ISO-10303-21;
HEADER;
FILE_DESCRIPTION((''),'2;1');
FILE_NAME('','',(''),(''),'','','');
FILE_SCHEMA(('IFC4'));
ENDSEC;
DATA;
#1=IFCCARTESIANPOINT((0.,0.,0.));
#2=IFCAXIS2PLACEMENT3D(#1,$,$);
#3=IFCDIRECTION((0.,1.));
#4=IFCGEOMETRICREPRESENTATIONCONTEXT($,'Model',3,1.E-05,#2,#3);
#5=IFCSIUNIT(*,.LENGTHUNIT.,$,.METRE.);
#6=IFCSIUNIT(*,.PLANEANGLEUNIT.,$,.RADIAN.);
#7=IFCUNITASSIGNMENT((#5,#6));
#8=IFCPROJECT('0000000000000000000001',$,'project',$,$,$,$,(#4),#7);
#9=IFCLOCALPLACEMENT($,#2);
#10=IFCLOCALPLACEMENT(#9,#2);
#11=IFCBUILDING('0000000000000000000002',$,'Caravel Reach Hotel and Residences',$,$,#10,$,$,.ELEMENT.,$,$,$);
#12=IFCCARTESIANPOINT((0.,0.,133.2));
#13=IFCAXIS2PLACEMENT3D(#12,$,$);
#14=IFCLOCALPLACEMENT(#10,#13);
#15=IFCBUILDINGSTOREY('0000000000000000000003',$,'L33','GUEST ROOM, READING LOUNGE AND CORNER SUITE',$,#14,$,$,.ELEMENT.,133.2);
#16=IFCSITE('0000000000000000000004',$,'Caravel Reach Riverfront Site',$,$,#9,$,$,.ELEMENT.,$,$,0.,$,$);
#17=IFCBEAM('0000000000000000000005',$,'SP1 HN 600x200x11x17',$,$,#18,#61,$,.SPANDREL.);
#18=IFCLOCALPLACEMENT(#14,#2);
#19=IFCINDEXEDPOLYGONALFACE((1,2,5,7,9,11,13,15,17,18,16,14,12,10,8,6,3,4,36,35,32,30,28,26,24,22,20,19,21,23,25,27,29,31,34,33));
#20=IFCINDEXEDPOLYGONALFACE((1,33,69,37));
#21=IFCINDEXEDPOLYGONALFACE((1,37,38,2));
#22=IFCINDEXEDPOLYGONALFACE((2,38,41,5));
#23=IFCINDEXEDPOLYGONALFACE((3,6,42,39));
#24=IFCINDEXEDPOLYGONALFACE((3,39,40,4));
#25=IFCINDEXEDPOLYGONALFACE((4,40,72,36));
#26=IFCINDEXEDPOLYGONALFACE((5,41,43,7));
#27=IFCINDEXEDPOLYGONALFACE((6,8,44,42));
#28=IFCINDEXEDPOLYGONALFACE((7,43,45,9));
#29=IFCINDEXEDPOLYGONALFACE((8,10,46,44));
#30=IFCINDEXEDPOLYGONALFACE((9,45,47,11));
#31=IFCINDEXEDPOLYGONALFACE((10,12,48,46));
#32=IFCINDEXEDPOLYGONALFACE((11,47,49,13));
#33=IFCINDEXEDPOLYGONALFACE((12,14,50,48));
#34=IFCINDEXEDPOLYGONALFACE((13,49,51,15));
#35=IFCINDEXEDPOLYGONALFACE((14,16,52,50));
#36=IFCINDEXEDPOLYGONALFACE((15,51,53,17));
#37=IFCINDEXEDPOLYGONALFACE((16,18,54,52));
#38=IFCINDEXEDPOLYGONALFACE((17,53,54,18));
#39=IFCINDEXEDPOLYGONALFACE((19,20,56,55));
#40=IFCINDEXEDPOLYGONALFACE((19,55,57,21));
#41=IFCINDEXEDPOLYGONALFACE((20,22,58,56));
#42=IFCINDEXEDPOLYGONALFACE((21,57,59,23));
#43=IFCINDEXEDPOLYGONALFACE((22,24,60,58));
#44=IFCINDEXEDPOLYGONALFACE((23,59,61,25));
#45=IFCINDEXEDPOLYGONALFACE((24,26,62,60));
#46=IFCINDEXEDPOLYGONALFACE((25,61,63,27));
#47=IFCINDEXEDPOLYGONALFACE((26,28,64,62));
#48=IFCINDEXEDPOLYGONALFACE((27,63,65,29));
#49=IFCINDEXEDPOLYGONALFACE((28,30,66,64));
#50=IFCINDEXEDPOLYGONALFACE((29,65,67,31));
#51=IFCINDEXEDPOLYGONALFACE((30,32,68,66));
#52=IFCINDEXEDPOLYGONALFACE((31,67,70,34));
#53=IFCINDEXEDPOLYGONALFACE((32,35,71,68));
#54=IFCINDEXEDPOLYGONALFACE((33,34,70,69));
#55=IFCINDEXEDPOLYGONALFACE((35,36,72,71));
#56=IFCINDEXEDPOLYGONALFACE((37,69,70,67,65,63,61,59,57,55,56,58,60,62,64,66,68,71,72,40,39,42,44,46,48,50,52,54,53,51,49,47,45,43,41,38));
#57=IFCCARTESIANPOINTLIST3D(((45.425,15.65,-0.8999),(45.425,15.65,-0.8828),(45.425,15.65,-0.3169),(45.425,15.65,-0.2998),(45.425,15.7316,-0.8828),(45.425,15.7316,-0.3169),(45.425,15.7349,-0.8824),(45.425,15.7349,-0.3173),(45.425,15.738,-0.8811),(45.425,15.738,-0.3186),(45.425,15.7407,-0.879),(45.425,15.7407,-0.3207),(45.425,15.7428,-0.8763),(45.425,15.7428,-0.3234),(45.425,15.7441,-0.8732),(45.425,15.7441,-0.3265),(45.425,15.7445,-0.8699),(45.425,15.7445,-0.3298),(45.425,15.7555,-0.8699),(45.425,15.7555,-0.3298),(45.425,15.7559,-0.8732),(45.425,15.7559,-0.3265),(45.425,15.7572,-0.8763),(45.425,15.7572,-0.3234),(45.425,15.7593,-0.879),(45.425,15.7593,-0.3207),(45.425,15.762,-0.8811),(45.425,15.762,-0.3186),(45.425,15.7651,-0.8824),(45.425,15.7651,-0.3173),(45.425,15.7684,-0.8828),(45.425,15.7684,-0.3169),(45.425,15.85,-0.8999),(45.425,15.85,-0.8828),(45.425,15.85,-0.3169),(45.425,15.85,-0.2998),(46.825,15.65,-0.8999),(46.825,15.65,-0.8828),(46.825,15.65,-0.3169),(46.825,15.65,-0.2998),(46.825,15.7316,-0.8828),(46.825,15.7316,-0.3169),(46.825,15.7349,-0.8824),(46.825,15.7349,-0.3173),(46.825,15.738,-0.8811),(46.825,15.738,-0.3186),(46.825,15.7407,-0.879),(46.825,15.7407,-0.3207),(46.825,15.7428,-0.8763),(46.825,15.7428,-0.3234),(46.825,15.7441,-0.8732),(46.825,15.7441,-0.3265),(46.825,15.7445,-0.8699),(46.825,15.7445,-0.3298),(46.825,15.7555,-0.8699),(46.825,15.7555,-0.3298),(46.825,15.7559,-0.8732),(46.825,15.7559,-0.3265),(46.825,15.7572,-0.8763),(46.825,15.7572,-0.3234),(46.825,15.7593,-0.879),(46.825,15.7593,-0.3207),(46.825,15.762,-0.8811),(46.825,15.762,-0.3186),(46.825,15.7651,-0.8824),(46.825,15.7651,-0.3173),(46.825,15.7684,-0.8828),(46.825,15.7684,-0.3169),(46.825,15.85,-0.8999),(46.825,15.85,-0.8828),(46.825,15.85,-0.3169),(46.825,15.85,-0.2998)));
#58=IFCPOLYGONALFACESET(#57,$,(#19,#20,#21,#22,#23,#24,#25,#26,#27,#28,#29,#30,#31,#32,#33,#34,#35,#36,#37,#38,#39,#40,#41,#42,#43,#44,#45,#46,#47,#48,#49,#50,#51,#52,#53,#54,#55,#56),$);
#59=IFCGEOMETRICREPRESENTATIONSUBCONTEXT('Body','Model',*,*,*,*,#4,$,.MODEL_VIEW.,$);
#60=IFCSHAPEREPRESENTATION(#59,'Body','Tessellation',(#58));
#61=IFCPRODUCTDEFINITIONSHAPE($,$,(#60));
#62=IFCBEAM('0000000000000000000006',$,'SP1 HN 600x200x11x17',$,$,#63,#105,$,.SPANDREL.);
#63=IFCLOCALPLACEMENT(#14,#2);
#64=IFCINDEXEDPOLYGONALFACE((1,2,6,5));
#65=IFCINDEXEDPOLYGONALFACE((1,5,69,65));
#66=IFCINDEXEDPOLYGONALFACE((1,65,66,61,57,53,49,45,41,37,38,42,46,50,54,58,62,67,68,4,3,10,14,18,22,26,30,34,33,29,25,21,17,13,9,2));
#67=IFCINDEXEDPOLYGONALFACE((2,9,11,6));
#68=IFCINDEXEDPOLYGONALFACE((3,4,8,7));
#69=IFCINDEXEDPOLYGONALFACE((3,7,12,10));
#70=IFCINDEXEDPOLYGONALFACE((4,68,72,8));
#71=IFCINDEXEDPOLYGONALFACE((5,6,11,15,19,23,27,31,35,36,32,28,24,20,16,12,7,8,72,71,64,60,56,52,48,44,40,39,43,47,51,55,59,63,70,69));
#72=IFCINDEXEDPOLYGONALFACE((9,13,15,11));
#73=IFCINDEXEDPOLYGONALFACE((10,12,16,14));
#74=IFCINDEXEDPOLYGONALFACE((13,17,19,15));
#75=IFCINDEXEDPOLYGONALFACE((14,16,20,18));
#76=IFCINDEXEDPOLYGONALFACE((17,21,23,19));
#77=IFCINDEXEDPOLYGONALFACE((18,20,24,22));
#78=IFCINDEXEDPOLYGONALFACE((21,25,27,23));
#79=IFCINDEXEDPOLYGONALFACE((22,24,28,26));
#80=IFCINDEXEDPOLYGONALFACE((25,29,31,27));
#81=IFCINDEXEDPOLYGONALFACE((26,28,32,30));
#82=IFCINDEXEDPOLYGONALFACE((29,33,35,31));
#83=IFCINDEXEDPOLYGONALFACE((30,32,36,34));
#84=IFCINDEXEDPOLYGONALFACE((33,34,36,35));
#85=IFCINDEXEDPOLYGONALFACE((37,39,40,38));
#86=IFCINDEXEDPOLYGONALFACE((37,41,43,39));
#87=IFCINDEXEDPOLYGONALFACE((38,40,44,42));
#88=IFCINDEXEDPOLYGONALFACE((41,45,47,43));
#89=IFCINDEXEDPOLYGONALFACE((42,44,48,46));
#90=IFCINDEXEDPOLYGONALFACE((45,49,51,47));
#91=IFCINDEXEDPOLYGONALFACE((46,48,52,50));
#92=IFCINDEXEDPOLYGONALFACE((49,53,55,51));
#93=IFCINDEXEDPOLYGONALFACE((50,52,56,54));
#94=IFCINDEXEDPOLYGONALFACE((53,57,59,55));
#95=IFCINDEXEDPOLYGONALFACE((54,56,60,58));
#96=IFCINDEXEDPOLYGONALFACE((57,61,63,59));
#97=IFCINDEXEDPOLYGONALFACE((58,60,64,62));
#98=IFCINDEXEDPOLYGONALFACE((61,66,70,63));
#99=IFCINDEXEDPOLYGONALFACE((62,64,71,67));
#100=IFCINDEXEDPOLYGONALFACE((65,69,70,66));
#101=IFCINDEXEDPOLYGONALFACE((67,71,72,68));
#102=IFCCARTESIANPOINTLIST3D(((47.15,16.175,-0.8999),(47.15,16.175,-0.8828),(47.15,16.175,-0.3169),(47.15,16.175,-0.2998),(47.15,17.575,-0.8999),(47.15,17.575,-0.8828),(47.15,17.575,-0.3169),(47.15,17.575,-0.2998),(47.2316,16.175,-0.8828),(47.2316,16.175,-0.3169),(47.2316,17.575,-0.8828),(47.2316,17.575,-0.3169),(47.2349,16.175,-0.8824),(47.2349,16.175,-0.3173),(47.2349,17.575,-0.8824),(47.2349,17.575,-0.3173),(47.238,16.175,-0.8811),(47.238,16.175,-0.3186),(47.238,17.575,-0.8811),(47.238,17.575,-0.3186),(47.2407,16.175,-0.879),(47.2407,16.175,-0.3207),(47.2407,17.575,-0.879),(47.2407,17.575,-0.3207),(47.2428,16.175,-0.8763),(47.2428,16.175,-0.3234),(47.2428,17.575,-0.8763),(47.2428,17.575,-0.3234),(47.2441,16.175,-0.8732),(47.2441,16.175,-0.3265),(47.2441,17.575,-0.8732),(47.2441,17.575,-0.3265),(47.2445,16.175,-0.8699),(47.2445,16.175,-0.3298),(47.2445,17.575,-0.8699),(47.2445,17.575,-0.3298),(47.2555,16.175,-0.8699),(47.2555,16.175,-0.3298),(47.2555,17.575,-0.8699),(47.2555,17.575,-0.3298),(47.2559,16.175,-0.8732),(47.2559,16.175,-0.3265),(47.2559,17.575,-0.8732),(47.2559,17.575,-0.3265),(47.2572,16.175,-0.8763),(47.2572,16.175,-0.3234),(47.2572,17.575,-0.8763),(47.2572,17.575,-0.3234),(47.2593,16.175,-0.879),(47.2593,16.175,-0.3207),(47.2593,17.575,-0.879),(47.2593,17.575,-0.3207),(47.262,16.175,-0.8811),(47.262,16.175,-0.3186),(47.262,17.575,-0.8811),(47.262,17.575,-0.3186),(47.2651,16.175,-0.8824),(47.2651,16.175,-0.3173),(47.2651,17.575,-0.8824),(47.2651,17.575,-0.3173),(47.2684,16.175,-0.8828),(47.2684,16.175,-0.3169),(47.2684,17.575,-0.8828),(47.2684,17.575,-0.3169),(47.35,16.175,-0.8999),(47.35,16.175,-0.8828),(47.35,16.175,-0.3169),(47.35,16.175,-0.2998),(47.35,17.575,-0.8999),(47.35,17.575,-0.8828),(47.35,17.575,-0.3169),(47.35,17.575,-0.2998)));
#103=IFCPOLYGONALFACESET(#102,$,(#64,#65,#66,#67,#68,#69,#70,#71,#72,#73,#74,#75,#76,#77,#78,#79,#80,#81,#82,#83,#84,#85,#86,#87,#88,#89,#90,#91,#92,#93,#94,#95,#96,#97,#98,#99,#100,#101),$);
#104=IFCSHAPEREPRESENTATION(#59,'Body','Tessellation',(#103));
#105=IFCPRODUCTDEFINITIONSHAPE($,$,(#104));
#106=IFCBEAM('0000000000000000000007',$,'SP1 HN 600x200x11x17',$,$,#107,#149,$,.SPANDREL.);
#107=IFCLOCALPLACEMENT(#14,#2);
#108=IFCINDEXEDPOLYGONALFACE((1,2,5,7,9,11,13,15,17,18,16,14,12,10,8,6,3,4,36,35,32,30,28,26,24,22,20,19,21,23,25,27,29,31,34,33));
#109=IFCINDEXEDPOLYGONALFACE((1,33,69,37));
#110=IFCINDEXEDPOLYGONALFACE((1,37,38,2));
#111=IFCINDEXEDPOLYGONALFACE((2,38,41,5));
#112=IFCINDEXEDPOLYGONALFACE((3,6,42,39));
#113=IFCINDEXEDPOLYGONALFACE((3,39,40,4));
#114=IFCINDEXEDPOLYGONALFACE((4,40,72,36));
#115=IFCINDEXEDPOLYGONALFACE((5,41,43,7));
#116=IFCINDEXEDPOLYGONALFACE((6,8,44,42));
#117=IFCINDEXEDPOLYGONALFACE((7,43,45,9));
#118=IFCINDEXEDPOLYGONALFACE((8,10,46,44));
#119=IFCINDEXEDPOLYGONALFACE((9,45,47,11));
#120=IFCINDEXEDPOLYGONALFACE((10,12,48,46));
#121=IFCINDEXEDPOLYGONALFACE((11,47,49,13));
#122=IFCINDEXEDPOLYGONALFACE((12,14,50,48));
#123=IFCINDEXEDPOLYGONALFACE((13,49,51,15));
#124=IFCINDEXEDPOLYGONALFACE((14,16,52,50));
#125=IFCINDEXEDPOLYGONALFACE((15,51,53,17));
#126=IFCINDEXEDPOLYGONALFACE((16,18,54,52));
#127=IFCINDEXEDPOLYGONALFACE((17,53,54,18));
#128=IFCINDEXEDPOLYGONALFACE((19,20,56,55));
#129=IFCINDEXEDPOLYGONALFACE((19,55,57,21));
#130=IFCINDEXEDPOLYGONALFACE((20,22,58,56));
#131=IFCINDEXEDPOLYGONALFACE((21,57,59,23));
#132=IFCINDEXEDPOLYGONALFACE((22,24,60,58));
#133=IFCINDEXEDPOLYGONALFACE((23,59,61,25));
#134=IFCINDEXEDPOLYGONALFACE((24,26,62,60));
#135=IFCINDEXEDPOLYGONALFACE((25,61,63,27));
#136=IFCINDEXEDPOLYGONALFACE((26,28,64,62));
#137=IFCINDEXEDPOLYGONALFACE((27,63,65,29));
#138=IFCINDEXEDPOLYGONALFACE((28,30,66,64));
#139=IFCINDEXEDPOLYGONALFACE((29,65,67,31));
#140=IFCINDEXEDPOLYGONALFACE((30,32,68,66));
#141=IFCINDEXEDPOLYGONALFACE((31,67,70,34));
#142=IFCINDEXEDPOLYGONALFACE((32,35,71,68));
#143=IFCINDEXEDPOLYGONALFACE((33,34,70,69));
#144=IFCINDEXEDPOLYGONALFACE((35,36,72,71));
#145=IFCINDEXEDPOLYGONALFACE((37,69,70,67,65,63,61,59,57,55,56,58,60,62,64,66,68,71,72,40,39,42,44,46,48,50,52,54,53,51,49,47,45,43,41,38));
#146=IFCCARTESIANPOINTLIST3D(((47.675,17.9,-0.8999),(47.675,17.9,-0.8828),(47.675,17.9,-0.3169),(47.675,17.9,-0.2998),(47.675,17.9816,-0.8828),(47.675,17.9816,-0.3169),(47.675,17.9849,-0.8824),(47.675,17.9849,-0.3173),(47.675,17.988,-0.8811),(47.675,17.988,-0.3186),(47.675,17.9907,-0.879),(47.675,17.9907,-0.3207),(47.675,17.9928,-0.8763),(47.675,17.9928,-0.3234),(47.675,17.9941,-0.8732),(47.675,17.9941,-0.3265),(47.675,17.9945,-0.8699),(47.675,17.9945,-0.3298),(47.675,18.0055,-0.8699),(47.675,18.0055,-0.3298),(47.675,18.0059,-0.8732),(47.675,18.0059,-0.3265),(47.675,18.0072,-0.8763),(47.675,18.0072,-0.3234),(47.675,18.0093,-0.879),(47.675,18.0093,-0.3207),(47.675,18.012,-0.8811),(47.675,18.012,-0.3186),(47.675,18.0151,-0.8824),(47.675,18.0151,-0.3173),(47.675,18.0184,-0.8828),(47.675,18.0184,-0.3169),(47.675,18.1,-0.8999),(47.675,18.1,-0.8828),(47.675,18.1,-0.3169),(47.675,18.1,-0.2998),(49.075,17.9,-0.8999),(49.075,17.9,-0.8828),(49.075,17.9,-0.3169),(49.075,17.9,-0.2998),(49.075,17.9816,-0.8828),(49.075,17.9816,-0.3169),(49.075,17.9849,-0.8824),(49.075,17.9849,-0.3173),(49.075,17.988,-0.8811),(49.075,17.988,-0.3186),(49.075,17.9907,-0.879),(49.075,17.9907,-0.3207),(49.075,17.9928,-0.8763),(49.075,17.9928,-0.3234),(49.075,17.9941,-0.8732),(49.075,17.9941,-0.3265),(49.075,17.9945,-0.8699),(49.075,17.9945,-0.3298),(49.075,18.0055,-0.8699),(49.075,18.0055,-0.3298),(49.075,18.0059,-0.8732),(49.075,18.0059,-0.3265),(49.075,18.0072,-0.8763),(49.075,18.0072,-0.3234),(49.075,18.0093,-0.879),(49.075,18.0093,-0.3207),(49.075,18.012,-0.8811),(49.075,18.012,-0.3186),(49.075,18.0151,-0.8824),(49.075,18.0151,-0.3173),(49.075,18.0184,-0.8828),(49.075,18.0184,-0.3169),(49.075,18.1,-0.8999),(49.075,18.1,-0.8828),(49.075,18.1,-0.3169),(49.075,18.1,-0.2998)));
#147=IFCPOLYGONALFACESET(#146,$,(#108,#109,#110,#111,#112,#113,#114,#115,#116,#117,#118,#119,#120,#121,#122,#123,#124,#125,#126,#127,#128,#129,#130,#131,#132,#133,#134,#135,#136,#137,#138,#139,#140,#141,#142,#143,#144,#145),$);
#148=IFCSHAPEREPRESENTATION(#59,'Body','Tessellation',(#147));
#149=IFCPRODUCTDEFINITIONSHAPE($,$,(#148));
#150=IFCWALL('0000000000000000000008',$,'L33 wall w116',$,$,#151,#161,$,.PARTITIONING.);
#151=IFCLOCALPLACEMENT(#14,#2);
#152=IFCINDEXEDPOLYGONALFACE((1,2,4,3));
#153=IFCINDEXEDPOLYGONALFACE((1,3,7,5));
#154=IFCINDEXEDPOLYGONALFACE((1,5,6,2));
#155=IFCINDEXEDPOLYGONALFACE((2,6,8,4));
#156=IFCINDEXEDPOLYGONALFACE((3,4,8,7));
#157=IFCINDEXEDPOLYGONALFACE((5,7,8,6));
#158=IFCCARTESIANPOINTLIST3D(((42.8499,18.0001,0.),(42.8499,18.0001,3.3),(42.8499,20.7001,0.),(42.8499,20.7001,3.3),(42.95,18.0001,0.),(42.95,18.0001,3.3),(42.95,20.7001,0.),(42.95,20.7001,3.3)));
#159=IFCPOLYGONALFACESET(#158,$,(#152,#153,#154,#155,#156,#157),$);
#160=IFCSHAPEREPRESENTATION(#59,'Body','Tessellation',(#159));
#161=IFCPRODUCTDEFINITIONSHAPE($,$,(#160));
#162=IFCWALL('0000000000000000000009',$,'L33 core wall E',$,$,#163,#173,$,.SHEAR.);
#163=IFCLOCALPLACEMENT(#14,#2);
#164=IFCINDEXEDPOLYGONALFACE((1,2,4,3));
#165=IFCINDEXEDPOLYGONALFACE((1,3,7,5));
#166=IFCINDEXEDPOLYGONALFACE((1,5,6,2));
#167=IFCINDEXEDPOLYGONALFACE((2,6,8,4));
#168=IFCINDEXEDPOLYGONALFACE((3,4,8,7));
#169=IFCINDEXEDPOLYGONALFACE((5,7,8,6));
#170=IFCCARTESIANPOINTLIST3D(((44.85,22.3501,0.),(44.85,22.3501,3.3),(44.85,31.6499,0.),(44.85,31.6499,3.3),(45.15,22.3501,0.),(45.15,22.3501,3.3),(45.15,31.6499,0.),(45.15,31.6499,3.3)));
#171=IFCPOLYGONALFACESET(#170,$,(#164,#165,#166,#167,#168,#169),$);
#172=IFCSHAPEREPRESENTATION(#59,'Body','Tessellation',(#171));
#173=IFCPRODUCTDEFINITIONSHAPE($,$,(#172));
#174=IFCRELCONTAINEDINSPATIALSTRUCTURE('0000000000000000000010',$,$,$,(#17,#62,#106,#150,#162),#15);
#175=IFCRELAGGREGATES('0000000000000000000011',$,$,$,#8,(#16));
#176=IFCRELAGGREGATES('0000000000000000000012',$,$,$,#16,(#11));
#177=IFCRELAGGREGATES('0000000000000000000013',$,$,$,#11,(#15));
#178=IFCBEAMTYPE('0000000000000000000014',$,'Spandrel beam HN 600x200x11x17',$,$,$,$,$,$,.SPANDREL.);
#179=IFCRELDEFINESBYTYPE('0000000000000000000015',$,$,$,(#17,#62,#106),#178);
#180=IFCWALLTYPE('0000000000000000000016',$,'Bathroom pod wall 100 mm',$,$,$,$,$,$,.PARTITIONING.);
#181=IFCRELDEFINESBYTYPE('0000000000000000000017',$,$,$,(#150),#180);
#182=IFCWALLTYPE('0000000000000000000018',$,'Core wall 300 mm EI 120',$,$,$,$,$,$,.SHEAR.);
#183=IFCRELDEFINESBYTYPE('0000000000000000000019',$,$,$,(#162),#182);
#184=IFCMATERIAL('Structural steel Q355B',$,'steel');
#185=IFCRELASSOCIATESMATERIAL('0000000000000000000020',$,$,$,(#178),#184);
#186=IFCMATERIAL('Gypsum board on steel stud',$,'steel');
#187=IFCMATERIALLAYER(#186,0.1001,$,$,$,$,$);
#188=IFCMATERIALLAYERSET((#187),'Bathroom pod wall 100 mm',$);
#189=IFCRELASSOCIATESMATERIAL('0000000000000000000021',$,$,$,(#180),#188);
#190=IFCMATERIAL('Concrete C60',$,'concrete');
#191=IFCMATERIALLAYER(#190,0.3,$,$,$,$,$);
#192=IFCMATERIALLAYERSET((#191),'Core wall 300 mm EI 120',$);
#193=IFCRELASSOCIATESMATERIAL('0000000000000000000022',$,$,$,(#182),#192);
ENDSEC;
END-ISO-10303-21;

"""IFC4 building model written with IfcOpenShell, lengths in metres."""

from ifc_helpers import new_model, si_unit, direction, frame, frame_2d, origin, origin_2d, place, context, subcontext, project, spatial, rectangle, i_section, extrude, material, layer, layer_set, material_profile, profile_set, type_object, element, save


model = new_model("IFC4")

# Units and contexts
model_context = context("Model", 3, precision=1e-05, world=origin(), true_north=direction((0.0, 1.0)))
body_context = subcontext(model_context, "Body", "Model", "MODEL_VIEW")
ifc_project = project(units=[si_unit("LENGTHUNIT", "METRE"), si_unit("PLANEANGLEUNIT", "RADIAN")], contexts=[model_context])

# Site, building, storey
site_placement = place(None, origin())
site = spatial("IfcSite", under=ifc_project, at=site_placement, Name="Caravel Reach Riverfront Site", CompositionType="ELEMENT", RefElevation=0.0)
building_placement = place(site_placement, origin())
building = spatial("IfcBuilding", under=site, at=building_placement, Name="Caravel Reach Hotel and Residences", CompositionType="ELEMENT")
storey_placement = place(building_placement, frame((0.0, 0.0, 133.2)))
storey = spatial("IfcBuildingStorey", under=building, at=storey_placement, Name="L33", Description="GUEST ROOM, READING LOUNGE AND CORNER SUITE", CompositionType="ELEMENT", Elevation=133.2)

# Beams
ifc_material_1 = material(Name="Structural steel Q355B", Category="steel")
ifc_material_profile_1 = material_profile(ifc_material_1, i_section(OverallWidth=0.2, OverallDepth=0.6001, WebThickness=0.011, FlangeThickness=0.0171, FilletRadius=0.0129, at=origin_2d()), Name="HN 600x200x11x17")
ifc_profile_set_1 = profile_set([ifc_material_profile_1], Name="Structural steel Q355B")
beam_type_1 = type_object("IfcBeamType", Name="Spandrel beam HN 600x200x11x17", PredefinedType="SPANDREL", material=ifc_profile_set_1)
for number, where, z_axis, x_axis, name in (
    (1, (45.425, 15.75, -0.5999), (1.0, 0.0, 0.0), (0.0, 1.0, 0.0), "SP1 HN 600x200x11x17"),
    (2, (47.25, 16.175, -0.5999), (0.0, 1.0, 0.0), (-1.0, 0.0, 0.0), "SP1 HN 600x200x11x17"),
    (3, (47.675, 18.0, -0.5999), (1.0, 0.0, 0.0), (0.0, 1.0, 0.0), "SP1 HN 600x200x11x17"),
):
    element("IfcBeam", number, at=place(storey_placement, frame(where, z_axis=z_axis, x_axis=x_axis)), inside=storey, type_object=beam_type_1, Name=name, PredefinedType="SPANDREL", context=body_context, shape_type="SweptSolid", body=[
        extrude(i_section(OverallWidth=0.2, OverallDepth=0.6001, WebThickness=0.011, FlangeThickness=0.0171, FilletRadius=0.0129, at=origin_2d()), origin(), (0.0, 0.0, 1.0), 1.3999),
    ])

# Walls
ifc_material_2 = material(Name="Gypsum board on steel stud", Category="steel")
ifc_layer_1 = layer(ifc_material_2, 0.1001)
ifc_layer_set_1 = layer_set([ifc_layer_1], Name="Bathroom pod wall 100 mm")
wall_type_1 = type_object("IfcWallType", Name="Bathroom pod wall 100 mm", PredefinedType="PARTITIONING", material=ifc_layer_set_1)
wall_1_placement = place(storey_placement, frame((42.8999, 18.0, 0.0), z_axis=(0.0, 0.0, 1.0), x_axis=(0.0, 1.0, 0.0)))
element("IfcWall", 4, at=wall_1_placement, inside=storey, type_object=wall_type_1, Name="L33 wall w116", PredefinedType="PARTITIONING", context=body_context, shape_type="SweptSolid", body=[
    extrude(rectangle(XDim=2.7, YDim=0.1001, at=frame_2d((1.3501, 0.0))), origin(), (0.0, 0.0, 1.0), 3.3),
])
ifc_material_3 = material(Name="Concrete C60", Category="concrete")
ifc_layer_2 = layer(ifc_material_3, 0.3)
ifc_layer_set_2 = layer_set([ifc_layer_2], Name="Core wall 300 mm EI 120")
wall_type_2 = type_object("IfcWallType", Name="Core wall 300 mm EI 120", PredefinedType="SHEAR", material=ifc_layer_set_2)
wall_2_placement = place(storey_placement, frame((45.0, 22.3501, 0.0), z_axis=(0.0, 0.0, 1.0), x_axis=(0.0, 1.0, 0.0)))
element("IfcWall", 5, at=wall_2_placement, inside=storey, type_object=wall_type_2, Name="L33 core wall E", PredefinedType="SHEAR", context=body_context, shape_type="SweptSolid", body=[
    extrude(rectangle(XDim=9.2998, YDim=0.3, at=frame_2d((4.6499, 0.0))), origin(), (0.0, 0.0, 1.0), 3.3),
])

save(model, "model.ifc")
